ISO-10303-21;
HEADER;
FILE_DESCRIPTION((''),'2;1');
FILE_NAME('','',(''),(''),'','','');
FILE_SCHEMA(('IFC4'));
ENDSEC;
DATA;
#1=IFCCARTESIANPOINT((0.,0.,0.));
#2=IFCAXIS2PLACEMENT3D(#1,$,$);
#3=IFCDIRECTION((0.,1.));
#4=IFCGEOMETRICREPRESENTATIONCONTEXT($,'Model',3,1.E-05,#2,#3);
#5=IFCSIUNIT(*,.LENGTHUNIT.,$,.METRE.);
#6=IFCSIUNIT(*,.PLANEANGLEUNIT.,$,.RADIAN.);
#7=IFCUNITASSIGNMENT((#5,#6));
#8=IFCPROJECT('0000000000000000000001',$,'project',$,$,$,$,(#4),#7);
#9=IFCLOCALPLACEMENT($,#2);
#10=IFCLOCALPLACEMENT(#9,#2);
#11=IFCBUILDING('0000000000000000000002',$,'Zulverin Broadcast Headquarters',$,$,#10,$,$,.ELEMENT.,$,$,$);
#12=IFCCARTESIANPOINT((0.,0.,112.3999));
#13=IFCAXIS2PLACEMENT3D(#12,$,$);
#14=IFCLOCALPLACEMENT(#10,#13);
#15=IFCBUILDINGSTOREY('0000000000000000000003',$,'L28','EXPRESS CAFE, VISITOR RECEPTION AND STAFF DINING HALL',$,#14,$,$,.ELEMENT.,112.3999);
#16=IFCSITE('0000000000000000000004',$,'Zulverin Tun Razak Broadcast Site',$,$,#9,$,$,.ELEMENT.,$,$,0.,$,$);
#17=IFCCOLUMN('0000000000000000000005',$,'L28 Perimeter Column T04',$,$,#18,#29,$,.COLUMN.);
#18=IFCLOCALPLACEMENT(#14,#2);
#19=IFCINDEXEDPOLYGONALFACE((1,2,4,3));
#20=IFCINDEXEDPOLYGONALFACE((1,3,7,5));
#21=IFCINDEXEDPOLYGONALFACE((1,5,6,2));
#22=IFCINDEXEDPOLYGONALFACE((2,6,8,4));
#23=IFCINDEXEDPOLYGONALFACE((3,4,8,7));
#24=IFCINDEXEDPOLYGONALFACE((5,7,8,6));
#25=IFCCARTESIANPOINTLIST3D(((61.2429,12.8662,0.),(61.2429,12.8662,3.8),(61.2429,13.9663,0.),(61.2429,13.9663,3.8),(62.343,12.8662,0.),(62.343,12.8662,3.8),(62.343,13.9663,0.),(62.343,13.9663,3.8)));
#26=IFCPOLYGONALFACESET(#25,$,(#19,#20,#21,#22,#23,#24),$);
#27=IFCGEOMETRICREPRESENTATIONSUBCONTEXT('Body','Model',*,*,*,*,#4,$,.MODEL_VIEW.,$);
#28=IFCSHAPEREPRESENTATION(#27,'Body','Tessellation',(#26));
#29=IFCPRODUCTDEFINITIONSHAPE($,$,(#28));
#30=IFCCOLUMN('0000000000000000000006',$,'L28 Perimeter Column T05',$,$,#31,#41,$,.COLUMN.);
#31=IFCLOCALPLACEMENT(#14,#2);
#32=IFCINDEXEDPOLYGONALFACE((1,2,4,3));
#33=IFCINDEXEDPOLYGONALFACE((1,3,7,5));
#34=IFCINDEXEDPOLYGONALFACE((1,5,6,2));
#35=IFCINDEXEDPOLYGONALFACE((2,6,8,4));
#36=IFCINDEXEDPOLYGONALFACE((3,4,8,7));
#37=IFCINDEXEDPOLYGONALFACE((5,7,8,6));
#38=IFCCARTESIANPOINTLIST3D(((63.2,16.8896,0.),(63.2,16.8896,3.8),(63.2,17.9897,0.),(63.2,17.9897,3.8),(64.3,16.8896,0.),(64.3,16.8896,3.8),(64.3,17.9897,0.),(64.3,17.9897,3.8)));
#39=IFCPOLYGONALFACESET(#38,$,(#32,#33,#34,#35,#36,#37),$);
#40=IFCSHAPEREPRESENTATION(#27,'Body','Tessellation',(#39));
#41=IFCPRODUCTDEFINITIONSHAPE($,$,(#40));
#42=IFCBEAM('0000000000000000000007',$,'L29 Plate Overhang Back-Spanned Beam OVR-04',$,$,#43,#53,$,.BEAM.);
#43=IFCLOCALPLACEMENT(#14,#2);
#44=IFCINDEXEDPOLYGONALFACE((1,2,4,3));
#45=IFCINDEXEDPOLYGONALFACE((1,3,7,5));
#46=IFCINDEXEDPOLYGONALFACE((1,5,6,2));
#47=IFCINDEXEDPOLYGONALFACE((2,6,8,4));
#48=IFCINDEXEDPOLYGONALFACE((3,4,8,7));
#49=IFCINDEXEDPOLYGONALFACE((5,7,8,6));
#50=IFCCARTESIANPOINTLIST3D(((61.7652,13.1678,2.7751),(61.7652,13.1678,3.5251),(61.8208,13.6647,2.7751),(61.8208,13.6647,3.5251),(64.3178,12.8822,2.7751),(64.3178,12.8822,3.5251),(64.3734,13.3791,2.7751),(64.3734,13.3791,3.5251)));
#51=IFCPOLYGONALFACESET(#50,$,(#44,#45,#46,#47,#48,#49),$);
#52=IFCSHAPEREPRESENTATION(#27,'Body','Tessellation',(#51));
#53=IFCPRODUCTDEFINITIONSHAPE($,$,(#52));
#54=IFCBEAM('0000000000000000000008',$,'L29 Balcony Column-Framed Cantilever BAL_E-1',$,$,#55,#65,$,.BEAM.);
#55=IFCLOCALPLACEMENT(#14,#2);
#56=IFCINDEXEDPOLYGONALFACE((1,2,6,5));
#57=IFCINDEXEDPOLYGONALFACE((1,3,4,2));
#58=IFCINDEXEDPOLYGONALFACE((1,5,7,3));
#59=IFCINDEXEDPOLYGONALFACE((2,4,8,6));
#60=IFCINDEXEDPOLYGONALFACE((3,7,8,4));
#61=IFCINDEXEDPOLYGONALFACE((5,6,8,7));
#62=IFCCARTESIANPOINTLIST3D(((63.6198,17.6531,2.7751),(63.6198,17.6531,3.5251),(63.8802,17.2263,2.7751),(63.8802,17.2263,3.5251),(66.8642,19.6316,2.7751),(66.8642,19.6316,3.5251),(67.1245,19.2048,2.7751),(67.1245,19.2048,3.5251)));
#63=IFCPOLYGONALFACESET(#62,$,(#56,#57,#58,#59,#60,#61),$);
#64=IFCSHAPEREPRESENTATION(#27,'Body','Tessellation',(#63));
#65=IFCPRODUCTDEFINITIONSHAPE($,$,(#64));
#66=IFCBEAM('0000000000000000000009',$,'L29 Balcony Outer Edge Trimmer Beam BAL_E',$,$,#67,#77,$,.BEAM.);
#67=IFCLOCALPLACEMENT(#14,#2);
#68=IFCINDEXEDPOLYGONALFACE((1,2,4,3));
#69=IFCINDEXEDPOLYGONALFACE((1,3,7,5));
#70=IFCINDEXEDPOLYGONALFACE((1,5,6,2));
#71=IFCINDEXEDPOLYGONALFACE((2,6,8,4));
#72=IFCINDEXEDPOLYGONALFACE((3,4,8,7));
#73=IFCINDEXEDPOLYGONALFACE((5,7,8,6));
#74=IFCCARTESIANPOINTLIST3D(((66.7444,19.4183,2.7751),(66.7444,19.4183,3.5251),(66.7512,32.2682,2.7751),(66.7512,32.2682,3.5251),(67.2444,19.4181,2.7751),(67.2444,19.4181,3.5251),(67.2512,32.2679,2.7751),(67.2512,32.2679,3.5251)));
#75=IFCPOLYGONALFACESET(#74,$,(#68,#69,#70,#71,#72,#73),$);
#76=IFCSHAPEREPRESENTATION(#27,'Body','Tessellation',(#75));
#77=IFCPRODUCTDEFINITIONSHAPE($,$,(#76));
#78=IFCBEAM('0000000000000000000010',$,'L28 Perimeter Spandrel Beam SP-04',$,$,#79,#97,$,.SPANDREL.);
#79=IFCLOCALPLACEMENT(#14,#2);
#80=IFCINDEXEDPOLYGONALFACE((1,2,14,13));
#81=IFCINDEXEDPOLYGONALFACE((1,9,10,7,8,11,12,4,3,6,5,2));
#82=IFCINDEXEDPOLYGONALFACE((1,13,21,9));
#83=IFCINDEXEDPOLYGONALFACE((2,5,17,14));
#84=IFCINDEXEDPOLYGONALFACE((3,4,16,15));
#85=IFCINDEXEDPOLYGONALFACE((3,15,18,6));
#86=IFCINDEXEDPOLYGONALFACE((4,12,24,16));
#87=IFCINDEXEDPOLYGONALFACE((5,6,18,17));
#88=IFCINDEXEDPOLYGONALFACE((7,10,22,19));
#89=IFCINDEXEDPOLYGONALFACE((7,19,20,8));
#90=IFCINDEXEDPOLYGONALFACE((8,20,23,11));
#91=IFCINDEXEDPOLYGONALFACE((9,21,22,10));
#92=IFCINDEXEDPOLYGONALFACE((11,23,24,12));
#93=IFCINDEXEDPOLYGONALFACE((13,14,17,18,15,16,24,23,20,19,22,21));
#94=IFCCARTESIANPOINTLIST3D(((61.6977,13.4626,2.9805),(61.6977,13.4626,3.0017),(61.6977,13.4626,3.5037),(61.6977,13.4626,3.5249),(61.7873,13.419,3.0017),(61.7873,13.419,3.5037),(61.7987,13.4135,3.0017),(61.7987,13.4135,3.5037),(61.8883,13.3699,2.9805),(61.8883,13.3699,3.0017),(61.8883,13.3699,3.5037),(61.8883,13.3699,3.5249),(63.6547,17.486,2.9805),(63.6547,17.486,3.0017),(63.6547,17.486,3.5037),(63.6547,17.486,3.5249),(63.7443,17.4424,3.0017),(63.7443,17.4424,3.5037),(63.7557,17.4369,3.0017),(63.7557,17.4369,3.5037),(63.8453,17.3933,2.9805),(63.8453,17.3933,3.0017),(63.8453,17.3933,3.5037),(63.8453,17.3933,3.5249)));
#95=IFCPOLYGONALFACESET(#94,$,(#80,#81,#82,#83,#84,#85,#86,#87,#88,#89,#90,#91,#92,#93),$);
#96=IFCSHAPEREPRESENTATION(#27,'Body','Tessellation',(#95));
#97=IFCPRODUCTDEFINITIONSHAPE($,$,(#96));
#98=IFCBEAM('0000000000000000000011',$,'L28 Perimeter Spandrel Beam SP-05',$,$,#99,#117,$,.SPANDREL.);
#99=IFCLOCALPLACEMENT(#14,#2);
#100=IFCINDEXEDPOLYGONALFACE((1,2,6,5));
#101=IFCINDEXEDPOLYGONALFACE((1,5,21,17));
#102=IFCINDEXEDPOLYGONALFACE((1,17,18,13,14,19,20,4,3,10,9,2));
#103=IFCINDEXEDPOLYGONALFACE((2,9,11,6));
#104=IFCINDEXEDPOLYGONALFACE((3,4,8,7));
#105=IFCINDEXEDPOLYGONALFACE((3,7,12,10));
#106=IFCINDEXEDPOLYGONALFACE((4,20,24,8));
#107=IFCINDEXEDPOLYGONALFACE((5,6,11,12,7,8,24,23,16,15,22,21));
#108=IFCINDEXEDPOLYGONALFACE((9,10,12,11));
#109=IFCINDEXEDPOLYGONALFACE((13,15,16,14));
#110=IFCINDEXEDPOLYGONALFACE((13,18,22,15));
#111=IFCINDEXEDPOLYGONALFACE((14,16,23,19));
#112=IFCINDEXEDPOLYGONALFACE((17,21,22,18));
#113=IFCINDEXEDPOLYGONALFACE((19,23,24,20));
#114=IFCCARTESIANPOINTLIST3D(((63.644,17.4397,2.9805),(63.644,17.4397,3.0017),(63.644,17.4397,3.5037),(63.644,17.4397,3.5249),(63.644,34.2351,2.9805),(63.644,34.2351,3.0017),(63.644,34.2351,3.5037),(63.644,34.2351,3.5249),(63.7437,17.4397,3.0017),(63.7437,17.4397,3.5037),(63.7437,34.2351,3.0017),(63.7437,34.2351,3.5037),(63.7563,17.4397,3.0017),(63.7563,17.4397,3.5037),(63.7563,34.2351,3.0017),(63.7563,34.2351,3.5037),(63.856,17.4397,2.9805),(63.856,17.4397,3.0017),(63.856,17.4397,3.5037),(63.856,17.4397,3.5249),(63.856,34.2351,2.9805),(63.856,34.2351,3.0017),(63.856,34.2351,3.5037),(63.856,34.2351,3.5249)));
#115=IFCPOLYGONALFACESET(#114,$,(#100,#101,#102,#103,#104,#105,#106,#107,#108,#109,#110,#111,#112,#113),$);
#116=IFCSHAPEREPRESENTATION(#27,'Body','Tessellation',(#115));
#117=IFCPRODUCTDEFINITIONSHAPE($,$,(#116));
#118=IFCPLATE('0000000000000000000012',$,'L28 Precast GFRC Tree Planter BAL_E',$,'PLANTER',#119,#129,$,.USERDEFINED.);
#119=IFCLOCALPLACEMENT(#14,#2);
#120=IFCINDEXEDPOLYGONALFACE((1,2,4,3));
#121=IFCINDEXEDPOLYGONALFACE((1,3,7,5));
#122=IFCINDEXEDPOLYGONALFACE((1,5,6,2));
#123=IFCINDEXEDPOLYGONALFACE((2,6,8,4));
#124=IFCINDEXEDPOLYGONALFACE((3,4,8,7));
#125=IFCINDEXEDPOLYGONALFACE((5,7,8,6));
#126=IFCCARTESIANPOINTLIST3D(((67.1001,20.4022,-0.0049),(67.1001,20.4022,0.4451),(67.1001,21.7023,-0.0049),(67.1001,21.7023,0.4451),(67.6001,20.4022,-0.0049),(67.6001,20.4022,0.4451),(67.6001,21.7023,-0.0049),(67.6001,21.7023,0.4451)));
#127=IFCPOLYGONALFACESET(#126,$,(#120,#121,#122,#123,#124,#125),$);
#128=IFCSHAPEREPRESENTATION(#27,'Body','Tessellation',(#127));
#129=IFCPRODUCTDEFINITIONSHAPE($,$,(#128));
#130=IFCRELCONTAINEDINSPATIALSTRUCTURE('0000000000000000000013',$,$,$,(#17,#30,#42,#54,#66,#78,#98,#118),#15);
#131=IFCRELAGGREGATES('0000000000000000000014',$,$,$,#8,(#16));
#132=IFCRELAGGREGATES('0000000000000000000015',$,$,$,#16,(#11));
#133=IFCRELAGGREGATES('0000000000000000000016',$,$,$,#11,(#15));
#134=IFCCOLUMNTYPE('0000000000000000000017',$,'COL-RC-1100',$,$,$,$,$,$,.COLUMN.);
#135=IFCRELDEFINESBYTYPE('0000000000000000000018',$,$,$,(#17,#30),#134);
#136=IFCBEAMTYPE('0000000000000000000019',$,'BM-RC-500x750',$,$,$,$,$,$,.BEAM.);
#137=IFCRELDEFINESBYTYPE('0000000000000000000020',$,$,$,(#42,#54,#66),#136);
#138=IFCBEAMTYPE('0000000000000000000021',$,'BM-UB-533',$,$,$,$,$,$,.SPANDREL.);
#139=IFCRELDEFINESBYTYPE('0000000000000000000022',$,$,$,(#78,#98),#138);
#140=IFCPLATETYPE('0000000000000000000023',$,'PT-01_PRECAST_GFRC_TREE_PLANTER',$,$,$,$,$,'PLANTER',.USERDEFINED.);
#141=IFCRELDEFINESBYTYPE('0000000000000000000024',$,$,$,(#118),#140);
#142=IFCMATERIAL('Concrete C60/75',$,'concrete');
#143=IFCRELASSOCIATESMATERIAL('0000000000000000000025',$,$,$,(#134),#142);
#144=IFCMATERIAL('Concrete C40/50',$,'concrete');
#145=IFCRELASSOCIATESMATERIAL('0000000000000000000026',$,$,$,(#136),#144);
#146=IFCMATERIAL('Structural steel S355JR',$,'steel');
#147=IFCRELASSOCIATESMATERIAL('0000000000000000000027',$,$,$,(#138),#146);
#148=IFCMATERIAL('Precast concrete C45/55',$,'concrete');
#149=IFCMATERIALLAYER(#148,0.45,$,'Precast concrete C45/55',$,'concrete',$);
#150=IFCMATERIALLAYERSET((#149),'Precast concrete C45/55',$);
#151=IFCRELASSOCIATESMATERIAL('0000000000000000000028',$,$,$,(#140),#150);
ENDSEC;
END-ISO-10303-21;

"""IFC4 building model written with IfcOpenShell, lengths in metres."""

from ifc_helpers import new_model, si_unit, direction, frame, origin, origin_2d, place, context, subcontext, project, spatial, rectangle, i_section, extrude, material, layer, layer_set, material_profile, profile_set, type_object, element, save


model = new_model("IFC4")

# Units and contexts
model_context = context("Model", 3, precision=1e-05, world=origin(), true_north=direction((0.0, 1.0)))
body_context = subcontext(model_context, "Body", "Model", "MODEL_VIEW")
ifc_project = project(units=[si_unit("LENGTHUNIT", "METRE"), si_unit("PLANEANGLEUNIT", "RADIAN")], contexts=[model_context])

# Site, building, storey
site_placement = place(None, origin())
site = spatial("IfcSite", under=ifc_project, at=site_placement, Name="Zulverin Tun Razak Broadcast Site", CompositionType="ELEMENT", RefElevation=0.0)
building_placement = place(site_placement, origin())
building = spatial("IfcBuilding", under=site, at=building_placement, Name="Zulverin Broadcast Headquarters", CompositionType="ELEMENT")
storey_placement = place(building_placement, frame((0.0, 0.0, 112.3999)))
storey = spatial("IfcBuildingStorey", under=building, at=storey_placement, Name="L28", Description="EXPRESS CAFE, VISITOR RECEPTION AND STAFF DINING HALL", CompositionType="ELEMENT", Elevation=112.3999)

# Columns
ifc_material_1 = material(Name="Concrete C60/75", Category="concrete")
ifc_material_profile_1 = material_profile(ifc_material_1, rectangle(XDim=1.1001, YDim=1.1001, at=origin_2d()), Name="Concrete C60/75", Category="concrete")
ifc_profile_set_1 = profile_set([ifc_material_profile_1], Name="Concrete C60/75")
column_type = type_object("IfcColumnType", Name="COL-RC-1100", PredefinedType="COLUMN", material=ifc_profile_set_1)
for number, where, z_axis, x_axis, name in (
    (1, (61.793, 13.4163, 0.0), (0.0, 0.0, 1.0), (1.0, 0.0, 0.0), "L28 Perimeter Column T04"),
    (2, (63.75, 17.4397, 0.0), (0.0, 0.0, 1.0), (1.0, 0.0, 0.0), "L28 Perimeter Column T05"),
):
    element("IfcColumn", number, at=place(storey_placement, frame(where, z_axis=z_axis, x_axis=x_axis)), inside=storey, type_object=column_type, Name=name, PredefinedType="COLUMN", context=body_context, shape_type="SweptSolid", body=[
        extrude(rectangle(XDim=1.1001, YDim=1.1001, at=origin_2d()), origin(), (0.0, 0.0, 1.0), 3.8),
    ])

# Beams
ifc_material_2 = material(Name="Concrete C40/50", Category="concrete")
ifc_material_profile_2 = material_profile(ifc_material_2, rectangle(XDim=0.5, YDim=0.75, at=origin_2d()), Name="Concrete C40/50", Category="concrete")
ifc_profile_set_2 = profile_set([ifc_material_profile_2], Name="Concrete C40/50")
beam_type_1 = type_object("IfcBeamType", Name="BM-RC-500x750", PredefinedType="BEAM", material=ifc_profile_set_2)
beam_1_placement = place(storey_placement, frame((61.793, 13.4163, 3.1501), z_axis=(0.993798, -0.111203, 0.0), x_axis=(0.111203, 0.993798, 0.0)))
element("IfcBeam", 3, at=beam_1_placement, inside=storey, type_object=beam_type_1, Name="L29 Plate Overhang Back-Spanned Beam OVR-04", PredefinedType="BEAM", context=body_context, shape_type="SweptSolid", body=[
    extrude(rectangle(XDim=0.5, YDim=0.75, at=origin_2d()), origin(), (0.0, 0.0, 1.0), 2.5686),
])
beam_2_placement = place(storey_placement, frame((63.75, 17.4397, 3.1501), z_axis=(0.853769, 0.520652, 0.0), x_axis=(-0.520652, 0.853769, 0.0)))
element("IfcBeam", 4, at=beam_2_placement, inside=storey, type_object=beam_type_1, Name="L29 Balcony Column-Framed Cantilever BAL_E-1", PredefinedType="BEAM", context=body_context, shape_type="SweptSolid", body=[
    extrude(rectangle(XDim=0.5, YDim=0.75, at=origin_2d()), origin(), (0.0, 0.0, 1.0), 3.8),
])
beam_3_placement = place(storey_placement, frame((66.9944, 19.4182, 3.1501), z_axis=(0.000532, 1.0, 0.0), x_axis=(-1.0, 0.000532, 0.0)))
element("IfcBeam", 5, at=beam_3_placement, inside=storey, type_object=beam_type_1, Name="L29 Balcony Outer Edge Trimmer Beam BAL_E", PredefinedType="BEAM", context=body_context, shape_type="SweptSolid", body=[
    extrude(rectangle(XDim=0.5, YDim=0.75, at=origin_2d()), origin(), (0.0, 0.0, 1.0), 12.8499),
])
ifc_material_3 = material(Name="Structural steel S355JR", Category="steel")
ifc_material_profile_3 = material_profile(ifc_material_3, i_section(OverallWidth=0.2119, OverallDepth=0.5444, WebThickness=0.0127, FlangeThickness=0.0212, at=origin_2d()), Name="Structural steel S355JR", Category="steel")
ifc_profile_set_3 = profile_set([ifc_material_profile_3], Name="Structural steel S355JR")
beam_type_2 = type_object("IfcBeamType", Name="BM-UB-533", PredefinedType="SPANDREL", material=ifc_profile_set_3)
beam_4_placement = place(storey_placement, frame((61.793, 13.4163, 3.2527), z_axis=(0.437408, 0.899263, 0.0), x_axis=(-0.899263, 0.437408, 0.0)))
element("IfcBeam", 6, at=beam_4_placement, inside=storey, type_object=beam_type_2, Name="L28 Perimeter Spandrel Beam SP-04", PredefinedType="SPANDREL", context=body_context, shape_type="SweptSolid", body=[
    extrude(i_section(OverallWidth=0.2119, OverallDepth=0.5444, WebThickness=0.0127, FlangeThickness=0.0212, at=origin_2d()), origin(), (0.0, 0.0, 1.0), 4.4741),
])
beam_5_placement = place(storey_placement, frame((63.75, 17.4397, 3.2527), z_axis=(0.0, 1.0, 0.0), x_axis=(-1.0, 0.0, 0.0)))
element("IfcBeam", 7, at=beam_5_placement, inside=storey, type_object=beam_type_2, Name="L28 Perimeter Spandrel Beam SP-05", PredefinedType="SPANDREL", context=body_context, shape_type="SweptSolid", body=[
    extrude(i_section(OverallWidth=0.2119, OverallDepth=0.5444, WebThickness=0.0127, FlangeThickness=0.0212, at=origin_2d()), origin(), (0.0, 0.0, 1.0), 16.7954),
])

# Plate
ifc_material_4 = material(Name="Precast concrete C45/55", Category="concrete")
ifc_layer_1 = layer(ifc_material_4, 0.45, Name="Precast concrete C45/55", Category="concrete")
ifc_layer_set_1 = layer_set([ifc_layer_1], Name="Precast concrete C45/55")
plate_type = type_object("IfcPlateType", Name="PT-01_PRECAST_GFRC_TREE_PLANTER", ElementType="PLANTER", PredefinedType="USERDEFINED", material=ifc_layer_set_1)
plate_placement = place(storey_placement, frame((67.3501, 21.0522, -0.0049), z_axis=(0.0, 0.0, 1.0), x_axis=(0.0, 1.0, 0.0)))
element("IfcPlate", 8, at=plate_placement, inside=storey, type_object=plate_type, Name="L28 Precast GFRC Tree Planter BAL_E", ObjectType="PLANTER", PredefinedType="USERDEFINED", context=body_context, shape_type="SweptSolid", body=[
    extrude(rectangle(XDim=1.3, YDim=0.5, at=origin_2d()), origin(), (0.0, 0.0, 1.0), 0.45),
])

save(model, "model.ifc")
